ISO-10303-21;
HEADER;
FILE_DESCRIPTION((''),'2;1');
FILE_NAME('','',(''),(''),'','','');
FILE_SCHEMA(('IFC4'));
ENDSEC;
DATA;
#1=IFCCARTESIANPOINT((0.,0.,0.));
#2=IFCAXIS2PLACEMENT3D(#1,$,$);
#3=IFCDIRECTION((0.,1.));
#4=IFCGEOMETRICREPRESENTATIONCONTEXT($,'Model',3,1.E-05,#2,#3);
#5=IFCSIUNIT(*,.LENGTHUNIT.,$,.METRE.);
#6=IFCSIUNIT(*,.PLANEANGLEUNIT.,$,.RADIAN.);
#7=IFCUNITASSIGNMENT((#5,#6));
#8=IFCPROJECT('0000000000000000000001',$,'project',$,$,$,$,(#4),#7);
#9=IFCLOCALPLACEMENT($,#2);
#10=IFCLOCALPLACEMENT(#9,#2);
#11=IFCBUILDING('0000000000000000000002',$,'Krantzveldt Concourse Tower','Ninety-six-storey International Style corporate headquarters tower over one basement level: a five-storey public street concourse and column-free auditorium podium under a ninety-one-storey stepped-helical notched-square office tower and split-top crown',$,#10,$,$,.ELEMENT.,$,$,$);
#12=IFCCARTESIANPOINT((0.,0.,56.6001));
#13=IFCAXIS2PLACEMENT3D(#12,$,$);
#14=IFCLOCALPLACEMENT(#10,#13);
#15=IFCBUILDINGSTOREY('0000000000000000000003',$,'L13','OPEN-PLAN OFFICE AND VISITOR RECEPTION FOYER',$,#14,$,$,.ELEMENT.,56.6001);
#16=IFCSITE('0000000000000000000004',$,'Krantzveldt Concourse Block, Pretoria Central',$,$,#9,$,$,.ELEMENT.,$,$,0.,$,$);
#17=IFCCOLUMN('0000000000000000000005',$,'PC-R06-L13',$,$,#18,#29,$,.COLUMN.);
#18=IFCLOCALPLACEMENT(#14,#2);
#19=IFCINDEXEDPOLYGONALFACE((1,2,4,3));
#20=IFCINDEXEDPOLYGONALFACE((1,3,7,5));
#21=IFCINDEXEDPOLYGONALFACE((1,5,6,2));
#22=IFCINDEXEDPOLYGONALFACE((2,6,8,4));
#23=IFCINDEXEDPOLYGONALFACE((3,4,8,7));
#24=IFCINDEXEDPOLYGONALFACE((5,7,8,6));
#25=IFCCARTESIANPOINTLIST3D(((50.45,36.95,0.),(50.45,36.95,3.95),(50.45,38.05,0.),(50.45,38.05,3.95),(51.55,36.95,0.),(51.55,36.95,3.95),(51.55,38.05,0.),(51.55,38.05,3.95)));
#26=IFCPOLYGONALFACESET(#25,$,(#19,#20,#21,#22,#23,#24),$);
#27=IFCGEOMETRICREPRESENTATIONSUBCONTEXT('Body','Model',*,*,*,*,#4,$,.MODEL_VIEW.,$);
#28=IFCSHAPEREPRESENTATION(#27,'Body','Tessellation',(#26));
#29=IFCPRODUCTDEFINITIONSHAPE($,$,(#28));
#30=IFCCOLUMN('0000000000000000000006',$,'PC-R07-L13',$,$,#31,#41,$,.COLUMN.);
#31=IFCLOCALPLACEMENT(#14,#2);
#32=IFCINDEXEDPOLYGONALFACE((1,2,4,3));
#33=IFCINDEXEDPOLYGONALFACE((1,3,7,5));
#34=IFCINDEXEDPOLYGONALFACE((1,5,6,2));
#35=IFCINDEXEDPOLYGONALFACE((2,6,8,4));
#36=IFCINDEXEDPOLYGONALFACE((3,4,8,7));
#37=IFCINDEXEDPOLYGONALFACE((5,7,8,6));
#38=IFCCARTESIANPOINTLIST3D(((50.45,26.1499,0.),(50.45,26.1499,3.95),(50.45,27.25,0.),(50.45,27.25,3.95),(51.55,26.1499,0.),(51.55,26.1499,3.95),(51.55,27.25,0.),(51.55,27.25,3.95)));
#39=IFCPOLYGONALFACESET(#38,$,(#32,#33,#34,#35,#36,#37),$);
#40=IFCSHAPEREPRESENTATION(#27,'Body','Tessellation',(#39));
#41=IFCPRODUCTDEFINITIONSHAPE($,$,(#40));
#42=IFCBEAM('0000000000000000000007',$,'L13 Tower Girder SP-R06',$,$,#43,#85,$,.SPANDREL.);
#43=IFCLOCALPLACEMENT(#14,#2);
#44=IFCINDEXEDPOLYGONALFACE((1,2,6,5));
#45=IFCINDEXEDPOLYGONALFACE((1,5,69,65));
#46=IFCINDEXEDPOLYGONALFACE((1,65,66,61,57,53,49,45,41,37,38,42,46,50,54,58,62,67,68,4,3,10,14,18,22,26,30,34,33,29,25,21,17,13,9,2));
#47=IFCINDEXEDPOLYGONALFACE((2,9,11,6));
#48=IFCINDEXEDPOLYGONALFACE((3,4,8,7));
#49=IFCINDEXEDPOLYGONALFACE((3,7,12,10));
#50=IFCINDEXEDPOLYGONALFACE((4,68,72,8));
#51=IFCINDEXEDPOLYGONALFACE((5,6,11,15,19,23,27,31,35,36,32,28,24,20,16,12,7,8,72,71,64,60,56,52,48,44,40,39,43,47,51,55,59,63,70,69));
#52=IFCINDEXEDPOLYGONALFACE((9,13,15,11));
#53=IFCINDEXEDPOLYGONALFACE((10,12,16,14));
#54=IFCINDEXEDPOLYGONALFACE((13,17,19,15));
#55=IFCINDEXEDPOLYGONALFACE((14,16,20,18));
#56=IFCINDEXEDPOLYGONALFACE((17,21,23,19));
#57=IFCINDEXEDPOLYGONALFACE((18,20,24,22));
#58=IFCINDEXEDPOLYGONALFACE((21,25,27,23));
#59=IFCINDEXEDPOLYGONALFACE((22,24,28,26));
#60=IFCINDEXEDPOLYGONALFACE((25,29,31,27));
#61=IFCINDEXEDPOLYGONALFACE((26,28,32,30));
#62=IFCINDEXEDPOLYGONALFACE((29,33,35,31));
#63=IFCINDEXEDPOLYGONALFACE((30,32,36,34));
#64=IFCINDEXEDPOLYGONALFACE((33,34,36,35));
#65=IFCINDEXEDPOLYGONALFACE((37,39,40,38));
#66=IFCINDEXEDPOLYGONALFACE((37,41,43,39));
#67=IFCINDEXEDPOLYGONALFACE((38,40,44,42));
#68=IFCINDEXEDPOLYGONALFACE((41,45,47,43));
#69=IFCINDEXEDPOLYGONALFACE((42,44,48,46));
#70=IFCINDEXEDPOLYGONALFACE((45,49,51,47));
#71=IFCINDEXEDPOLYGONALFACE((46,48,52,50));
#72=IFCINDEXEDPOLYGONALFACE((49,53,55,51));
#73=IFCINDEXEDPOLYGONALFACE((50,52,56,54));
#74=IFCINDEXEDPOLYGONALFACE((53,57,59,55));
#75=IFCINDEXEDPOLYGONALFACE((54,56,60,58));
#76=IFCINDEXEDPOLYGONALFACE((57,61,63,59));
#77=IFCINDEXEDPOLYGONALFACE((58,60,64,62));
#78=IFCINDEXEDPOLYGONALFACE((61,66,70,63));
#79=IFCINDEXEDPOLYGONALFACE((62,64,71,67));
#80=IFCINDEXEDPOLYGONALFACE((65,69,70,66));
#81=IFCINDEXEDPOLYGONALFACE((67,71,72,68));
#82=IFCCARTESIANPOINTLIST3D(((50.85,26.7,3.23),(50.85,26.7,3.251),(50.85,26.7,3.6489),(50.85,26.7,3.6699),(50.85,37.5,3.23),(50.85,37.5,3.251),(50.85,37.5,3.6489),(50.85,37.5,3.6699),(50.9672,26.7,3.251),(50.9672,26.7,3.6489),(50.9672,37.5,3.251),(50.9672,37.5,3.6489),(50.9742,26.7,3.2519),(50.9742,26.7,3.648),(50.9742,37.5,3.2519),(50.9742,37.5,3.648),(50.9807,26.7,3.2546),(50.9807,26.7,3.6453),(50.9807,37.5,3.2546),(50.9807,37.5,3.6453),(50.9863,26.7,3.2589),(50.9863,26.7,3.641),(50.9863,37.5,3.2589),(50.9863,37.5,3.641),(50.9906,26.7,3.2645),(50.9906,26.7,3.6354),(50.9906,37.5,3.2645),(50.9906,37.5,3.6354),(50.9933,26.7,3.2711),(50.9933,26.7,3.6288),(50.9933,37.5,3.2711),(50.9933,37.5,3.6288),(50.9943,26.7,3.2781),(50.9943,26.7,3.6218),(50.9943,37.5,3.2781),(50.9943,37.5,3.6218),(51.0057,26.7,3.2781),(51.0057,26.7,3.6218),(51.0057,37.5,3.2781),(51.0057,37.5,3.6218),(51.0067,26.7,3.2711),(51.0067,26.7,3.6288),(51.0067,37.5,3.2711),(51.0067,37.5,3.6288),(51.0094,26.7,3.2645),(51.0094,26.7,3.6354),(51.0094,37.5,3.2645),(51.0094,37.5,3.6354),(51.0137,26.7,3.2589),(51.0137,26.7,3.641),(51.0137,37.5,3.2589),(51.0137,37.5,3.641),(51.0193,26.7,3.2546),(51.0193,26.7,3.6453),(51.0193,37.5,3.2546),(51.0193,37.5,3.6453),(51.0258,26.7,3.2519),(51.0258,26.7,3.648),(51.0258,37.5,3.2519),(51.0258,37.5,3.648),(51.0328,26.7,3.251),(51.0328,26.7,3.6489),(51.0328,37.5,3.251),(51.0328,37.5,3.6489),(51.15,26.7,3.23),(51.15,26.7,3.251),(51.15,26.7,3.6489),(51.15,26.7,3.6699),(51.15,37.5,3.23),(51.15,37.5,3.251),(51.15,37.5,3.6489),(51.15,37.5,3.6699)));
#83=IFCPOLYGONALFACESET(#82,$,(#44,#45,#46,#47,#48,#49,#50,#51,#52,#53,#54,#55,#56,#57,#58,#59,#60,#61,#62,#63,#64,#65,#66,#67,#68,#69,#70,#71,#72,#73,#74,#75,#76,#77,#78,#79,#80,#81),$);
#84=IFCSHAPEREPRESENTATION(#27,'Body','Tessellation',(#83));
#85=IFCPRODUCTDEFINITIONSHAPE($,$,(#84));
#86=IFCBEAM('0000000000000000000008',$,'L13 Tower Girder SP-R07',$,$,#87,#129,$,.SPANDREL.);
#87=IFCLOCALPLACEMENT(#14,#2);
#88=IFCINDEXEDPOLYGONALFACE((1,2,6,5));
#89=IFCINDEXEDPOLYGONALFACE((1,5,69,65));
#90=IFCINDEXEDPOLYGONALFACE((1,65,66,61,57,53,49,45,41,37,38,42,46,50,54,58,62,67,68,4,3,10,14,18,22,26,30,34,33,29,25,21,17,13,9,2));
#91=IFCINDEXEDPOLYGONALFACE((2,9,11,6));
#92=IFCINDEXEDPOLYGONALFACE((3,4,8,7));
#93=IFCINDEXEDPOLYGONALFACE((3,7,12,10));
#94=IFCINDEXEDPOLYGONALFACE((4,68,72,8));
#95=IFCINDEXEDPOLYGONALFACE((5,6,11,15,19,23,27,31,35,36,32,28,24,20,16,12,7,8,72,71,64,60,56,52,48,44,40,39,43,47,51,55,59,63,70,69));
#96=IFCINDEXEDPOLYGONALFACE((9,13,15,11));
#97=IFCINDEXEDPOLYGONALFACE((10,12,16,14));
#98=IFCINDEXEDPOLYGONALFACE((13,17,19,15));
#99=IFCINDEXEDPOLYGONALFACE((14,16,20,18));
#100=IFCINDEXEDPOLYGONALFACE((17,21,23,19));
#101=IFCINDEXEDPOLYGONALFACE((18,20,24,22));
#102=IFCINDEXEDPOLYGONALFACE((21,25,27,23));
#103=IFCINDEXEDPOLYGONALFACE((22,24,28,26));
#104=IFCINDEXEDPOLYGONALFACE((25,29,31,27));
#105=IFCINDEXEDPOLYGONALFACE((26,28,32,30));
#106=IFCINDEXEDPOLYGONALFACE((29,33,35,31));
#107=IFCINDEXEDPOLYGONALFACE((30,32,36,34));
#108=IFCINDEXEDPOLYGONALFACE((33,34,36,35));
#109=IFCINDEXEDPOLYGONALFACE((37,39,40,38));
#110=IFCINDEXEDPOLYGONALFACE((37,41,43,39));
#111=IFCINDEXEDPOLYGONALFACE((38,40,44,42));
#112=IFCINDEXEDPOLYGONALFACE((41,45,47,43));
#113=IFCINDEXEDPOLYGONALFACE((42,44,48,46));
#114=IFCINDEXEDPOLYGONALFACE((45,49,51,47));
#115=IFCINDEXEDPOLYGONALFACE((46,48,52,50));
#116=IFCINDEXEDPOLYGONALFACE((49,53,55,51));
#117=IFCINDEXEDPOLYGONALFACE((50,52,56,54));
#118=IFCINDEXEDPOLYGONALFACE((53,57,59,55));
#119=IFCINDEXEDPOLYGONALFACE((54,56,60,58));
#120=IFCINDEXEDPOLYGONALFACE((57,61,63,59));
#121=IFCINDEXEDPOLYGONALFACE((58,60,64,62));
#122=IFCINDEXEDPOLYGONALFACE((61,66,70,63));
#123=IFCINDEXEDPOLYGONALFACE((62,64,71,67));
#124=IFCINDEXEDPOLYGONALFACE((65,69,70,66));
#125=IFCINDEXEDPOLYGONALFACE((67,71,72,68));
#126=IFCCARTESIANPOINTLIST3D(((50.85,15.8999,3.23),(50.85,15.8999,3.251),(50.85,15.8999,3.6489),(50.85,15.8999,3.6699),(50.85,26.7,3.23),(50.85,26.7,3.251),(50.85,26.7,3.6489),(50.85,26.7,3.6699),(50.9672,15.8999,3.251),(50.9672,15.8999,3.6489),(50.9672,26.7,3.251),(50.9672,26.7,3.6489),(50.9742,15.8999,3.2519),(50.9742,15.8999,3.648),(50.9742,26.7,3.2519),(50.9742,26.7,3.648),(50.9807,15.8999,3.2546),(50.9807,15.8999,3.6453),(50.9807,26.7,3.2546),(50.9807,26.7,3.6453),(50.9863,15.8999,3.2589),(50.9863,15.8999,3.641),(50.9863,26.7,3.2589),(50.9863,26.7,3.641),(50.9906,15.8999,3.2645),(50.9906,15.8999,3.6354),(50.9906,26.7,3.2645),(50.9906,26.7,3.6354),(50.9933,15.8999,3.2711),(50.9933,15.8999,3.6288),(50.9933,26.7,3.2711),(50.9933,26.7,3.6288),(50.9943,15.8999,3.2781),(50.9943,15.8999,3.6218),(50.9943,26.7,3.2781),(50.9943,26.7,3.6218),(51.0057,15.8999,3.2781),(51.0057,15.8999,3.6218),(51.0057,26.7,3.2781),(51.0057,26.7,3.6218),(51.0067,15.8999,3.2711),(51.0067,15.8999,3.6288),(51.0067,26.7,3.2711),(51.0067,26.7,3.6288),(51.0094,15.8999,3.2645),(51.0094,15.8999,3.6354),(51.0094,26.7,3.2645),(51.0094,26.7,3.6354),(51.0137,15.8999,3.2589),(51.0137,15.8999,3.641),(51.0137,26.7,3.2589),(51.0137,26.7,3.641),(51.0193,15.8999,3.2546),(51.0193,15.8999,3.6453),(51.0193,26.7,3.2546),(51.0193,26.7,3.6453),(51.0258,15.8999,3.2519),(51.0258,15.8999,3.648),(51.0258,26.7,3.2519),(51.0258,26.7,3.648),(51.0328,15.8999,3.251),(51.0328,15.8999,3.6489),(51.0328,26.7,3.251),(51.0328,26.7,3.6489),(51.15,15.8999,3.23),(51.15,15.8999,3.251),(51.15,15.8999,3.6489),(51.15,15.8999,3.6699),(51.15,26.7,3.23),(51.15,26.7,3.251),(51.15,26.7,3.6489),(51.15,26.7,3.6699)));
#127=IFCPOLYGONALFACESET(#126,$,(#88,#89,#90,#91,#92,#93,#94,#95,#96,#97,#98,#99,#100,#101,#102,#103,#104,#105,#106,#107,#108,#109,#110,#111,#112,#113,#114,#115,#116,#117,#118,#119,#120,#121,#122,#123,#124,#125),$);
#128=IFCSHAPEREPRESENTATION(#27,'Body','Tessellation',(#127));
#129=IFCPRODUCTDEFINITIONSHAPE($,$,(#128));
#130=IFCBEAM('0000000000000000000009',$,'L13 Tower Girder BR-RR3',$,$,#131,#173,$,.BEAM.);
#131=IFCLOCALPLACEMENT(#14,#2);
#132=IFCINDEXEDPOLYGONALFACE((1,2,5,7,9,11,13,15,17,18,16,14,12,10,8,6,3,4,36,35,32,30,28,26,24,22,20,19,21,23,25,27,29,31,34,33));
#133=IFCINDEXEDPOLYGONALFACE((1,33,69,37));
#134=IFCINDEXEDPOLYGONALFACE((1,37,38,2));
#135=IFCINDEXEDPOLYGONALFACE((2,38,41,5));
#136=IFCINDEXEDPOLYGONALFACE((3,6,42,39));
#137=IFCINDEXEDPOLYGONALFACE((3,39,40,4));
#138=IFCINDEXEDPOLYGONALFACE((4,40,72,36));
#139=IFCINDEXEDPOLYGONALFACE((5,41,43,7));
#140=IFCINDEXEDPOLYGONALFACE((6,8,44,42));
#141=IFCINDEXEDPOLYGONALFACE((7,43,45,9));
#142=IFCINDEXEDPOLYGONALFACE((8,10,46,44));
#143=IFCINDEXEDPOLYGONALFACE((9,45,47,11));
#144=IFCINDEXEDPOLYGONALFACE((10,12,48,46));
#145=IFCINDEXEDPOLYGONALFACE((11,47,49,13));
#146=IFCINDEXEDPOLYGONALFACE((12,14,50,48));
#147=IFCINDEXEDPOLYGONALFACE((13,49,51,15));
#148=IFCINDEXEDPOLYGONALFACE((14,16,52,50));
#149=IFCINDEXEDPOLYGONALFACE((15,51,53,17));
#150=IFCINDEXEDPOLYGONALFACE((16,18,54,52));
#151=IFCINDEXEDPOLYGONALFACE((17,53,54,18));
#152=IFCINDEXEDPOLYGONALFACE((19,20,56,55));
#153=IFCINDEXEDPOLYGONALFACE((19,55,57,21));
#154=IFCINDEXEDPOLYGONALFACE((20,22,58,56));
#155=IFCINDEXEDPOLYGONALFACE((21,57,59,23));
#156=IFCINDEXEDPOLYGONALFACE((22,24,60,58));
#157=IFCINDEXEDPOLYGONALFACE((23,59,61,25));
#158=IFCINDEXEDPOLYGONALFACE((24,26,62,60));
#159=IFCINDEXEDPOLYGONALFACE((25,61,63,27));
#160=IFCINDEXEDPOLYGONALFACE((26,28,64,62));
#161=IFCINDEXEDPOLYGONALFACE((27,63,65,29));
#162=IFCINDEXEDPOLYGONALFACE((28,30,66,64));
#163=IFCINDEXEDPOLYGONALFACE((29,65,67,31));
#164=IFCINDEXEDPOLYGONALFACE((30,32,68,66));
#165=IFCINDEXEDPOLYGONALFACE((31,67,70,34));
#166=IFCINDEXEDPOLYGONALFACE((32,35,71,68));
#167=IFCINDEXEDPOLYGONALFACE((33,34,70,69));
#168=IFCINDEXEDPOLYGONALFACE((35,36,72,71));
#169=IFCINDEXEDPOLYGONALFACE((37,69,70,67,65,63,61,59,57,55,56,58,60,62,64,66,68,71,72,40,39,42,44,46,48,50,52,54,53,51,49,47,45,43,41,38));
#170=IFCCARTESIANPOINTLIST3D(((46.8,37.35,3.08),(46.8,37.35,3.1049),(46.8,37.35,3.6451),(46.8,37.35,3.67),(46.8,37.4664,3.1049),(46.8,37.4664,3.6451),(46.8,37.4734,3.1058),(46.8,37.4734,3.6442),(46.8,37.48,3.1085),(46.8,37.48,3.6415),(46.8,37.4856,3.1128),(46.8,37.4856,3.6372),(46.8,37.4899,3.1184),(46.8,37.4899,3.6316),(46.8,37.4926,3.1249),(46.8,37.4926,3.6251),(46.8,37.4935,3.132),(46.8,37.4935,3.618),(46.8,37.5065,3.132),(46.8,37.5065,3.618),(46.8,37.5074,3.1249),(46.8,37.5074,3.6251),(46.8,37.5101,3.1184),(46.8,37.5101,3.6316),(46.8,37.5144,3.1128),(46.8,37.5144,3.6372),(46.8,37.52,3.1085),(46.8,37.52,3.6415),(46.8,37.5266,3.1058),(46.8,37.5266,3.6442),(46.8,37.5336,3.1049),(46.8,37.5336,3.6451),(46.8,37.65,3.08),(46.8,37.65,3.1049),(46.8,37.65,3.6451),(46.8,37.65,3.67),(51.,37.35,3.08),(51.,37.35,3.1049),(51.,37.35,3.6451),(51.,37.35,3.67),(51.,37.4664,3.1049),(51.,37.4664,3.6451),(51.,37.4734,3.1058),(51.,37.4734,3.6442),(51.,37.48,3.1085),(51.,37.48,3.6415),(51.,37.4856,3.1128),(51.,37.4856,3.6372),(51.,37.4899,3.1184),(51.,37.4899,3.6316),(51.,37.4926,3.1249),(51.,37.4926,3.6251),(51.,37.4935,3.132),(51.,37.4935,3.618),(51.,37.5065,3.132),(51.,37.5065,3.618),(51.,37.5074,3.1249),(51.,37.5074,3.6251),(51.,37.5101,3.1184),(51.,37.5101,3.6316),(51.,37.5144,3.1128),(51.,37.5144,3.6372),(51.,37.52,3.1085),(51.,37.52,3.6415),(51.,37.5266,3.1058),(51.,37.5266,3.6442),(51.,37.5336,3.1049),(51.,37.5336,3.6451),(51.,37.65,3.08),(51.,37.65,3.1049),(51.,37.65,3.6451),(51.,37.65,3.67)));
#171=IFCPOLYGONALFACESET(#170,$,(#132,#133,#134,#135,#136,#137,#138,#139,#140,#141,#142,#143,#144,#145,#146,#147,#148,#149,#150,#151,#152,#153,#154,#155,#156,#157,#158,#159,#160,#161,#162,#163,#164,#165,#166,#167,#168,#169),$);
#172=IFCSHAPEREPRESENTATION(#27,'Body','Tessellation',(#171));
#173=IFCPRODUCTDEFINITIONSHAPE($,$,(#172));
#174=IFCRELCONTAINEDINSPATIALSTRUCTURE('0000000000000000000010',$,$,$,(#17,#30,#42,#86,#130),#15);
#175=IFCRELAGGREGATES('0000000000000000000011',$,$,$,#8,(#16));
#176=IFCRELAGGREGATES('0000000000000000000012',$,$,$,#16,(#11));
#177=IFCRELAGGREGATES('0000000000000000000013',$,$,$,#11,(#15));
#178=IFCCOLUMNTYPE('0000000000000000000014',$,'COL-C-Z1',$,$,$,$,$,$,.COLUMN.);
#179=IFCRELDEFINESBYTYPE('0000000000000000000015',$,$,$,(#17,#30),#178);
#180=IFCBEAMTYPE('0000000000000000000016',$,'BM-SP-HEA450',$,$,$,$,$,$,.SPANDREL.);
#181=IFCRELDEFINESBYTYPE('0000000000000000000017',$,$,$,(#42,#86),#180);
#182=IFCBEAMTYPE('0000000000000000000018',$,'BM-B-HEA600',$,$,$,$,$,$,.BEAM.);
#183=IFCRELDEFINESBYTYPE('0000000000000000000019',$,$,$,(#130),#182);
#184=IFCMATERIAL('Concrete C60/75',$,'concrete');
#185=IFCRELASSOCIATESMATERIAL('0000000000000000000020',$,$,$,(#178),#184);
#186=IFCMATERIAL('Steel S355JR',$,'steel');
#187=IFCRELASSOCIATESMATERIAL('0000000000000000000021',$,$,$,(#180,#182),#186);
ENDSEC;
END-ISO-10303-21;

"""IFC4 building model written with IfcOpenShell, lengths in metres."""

from ifc_helpers import new_model, si_unit, direction, frame, origin, origin_2d, place, context, subcontext, project, spatial, rectangle, i_section, extrude, source, transform, mapped, material, material_profile, profile_set, type_object, type_shapes, element, save


model = new_model("IFC4")

# Units and contexts
model_context = context("Model", 3, precision=1e-05, world=origin(), true_north=direction((0.0, 1.0)))
body_context = subcontext(model_context, "Body", "Model", "MODEL_VIEW")
ifc_project = project(units=[si_unit("LENGTHUNIT", "METRE"), si_unit("PLANEANGLEUNIT", "RADIAN")], contexts=[model_context])

# Site, building, storey
site_placement = place(None, origin())
site = spatial("IfcSite", under=ifc_project, at=site_placement, Name="Krantzveldt Concourse Block, Pretoria Central", CompositionType="ELEMENT", RefElevation=0.0)
building_placement = place(site_placement, origin())
building = spatial("IfcBuilding", under=site, at=building_placement, Name="Krantzveldt Concourse Tower", Description="Ninety-six-storey International Style corporate headquarters tower over one basement level: a five-storey public street concourse and column-free auditorium podium under a ninety-one-storey stepped-helical notched-square office tower and split-top crown", CompositionType="ELEMENT")
storey_placement = place(building_placement, frame((0.0, 0.0, 56.6001)))
storey = spatial("IfcBuildingStorey", under=building, at=storey_placement, Name="L13", Description="OPEN-PLAN OFFICE AND VISITOR RECEPTION FOYER", CompositionType="ELEMENT", Elevation=56.6001)

# Columns
ifc_material_1 = material(Name="Concrete C60/75", Category="concrete")
ifc_material_profile_1 = material_profile(ifc_material_1, rectangle(XDim=1.1001, YDim=1.1001, at=origin_2d()), Name="Concrete C60/75", Category="concrete")
ifc_profile_set_1 = profile_set([ifc_material_profile_1], Name="Concrete C60/75 - RC 1100x1100")
column_type = type_object("IfcColumnType", Name="COL-C-Z1", PredefinedType="COLUMN", material=ifc_profile_set_1)
shared_shape_1 = source(origin(), body_context, "Body", "SweptSolid", [
    extrude(rectangle(XDim=1.1001, YDim=1.1001, at=origin_2d()), origin(), (0.0, 0.0, 1.0), 3.95),
])
type_shapes(column_type, [shared_shape_1])
for number, where, z_axis, x_axis, name in (
    (1, (51.0, 37.5, 0.0), (0.0, 0.0, 1.0), (1.0, 0.0, 0.0), "PC-R06-L13"),
    (2, (51.0, 26.7, 0.0), (0.0, 0.0, 1.0), (1.0, 0.0, 0.0), "PC-R07-L13"),
):
    element("IfcColumn", number, at=place(storey_placement, frame(where, z_axis=z_axis, x_axis=x_axis)), inside=storey, type_object=column_type, Name=name, PredefinedType="COLUMN", context=body_context, shape_type="MappedRepresentation", body=[
        mapped(shared_shape_1, transform((0.0, 0.0, 0.0), x_axis=(1.0, 0.0, 0.0), y_axis=(0.0, 1.0, 0.0), z_axis=(0.0, 0.0, 1.0), scale=1.0)),
    ])

# Beams
ifc_material_2 = material(Name="Steel S355JR", Category="steel")
ifc_material_profile_2 = material_profile(ifc_material_2, i_section(OverallWidth=0.3, OverallDepth=0.4399, WebThickness=0.0115, FlangeThickness=0.021, FilletRadius=0.0271, at=origin_2d()), Name="Steel S355JR", Category="steel")
ifc_profile_set_2 = profile_set([ifc_material_profile_2], Name="Steel S355JR - HEA 450")
beam_type_1 = type_object("IfcBeamType", Name="BM-SP-HEA450", PredefinedType="SPANDREL", material=ifc_profile_set_2)
shared_shape_2 = source(origin(), body_context, "Body", "SweptSolid", [
    extrude(i_section(OverallWidth=0.3, OverallDepth=0.4399, WebThickness=0.0115, FlangeThickness=0.021, FilletRadius=0.0271, at=origin_2d()), origin(), (0.0, 0.0, 1.0), 10.8),
])
type_shapes(beam_type_1, [shared_shape_2])
for number, where, z_axis, x_axis, name in (
    (3, (51.0, 37.5, 3.45), (0.0, -1.0, 0.0), (1.0, 0.0, 0.0), "L13 Tower Girder SP-R06"),
    (4, (51.0, 26.7, 3.45), (0.0, -1.0, 0.0), (1.0, 0.0, 0.0), "L13 Tower Girder SP-R07"),
):
    element("IfcBeam", number, at=place(storey_placement, frame(where, z_axis=z_axis, x_axis=x_axis)), inside=storey, type_object=beam_type_1, Name=name, PredefinedType="SPANDREL", context=body_context, shape_type="MappedRepresentation", body=[
        mapped(shared_shape_2, transform((0.0, 0.0, 0.0), x_axis=(1.0, 0.0, 0.0), y_axis=(0.0, 1.0, 0.0), z_axis=(0.0, 0.0, 1.0), scale=1.0)),
    ])
ifc_material_profile_3 = material_profile(ifc_material_2, i_section(OverallWidth=0.3, OverallDepth=0.5901, WebThickness=0.0129, FlangeThickness=0.0249, FilletRadius=0.0271, at=origin_2d()), Name="Steel S355JR", Category="steel")
ifc_profile_set_3 = profile_set([ifc_material_profile_3], Name="Steel S355JR - HEA 600")
beam_type_2 = type_object("IfcBeamType", Name="BM-B-HEA600", PredefinedType="BEAM", material=ifc_profile_set_3)
shared_shape_3 = source(origin(), body_context, "Body", "SweptSolid", [
    extrude(i_section(OverallWidth=0.3, OverallDepth=0.5901, WebThickness=0.0129, FlangeThickness=0.0249, FilletRadius=0.0271, at=origin_2d()), origin(), (0.0, 0.0, 1.0), 4.2),
])
type_shapes(beam_type_2, [shared_shape_3])
beam_placement = place(storey_placement, frame((46.8, 37.5, 3.375), z_axis=(1.0, 0.0, 0.0), x_axis=(0.0, 1.0, 0.0)))
element("IfcBeam", 5, at=beam_placement, inside=storey, type_object=beam_type_2, Name="L13 Tower Girder BR-RR3", PredefinedType="BEAM", context=body_context, shape_type="MappedRepresentation", body=[
    mapped(shared_shape_3, transform((0.0, 0.0, 0.0), x_axis=(1.0, 0.0, 0.0), y_axis=(0.0, 1.0, 0.0), z_axis=(0.0, 0.0, 1.0), scale=1.0)),
])

save(model, "model.ifc")
